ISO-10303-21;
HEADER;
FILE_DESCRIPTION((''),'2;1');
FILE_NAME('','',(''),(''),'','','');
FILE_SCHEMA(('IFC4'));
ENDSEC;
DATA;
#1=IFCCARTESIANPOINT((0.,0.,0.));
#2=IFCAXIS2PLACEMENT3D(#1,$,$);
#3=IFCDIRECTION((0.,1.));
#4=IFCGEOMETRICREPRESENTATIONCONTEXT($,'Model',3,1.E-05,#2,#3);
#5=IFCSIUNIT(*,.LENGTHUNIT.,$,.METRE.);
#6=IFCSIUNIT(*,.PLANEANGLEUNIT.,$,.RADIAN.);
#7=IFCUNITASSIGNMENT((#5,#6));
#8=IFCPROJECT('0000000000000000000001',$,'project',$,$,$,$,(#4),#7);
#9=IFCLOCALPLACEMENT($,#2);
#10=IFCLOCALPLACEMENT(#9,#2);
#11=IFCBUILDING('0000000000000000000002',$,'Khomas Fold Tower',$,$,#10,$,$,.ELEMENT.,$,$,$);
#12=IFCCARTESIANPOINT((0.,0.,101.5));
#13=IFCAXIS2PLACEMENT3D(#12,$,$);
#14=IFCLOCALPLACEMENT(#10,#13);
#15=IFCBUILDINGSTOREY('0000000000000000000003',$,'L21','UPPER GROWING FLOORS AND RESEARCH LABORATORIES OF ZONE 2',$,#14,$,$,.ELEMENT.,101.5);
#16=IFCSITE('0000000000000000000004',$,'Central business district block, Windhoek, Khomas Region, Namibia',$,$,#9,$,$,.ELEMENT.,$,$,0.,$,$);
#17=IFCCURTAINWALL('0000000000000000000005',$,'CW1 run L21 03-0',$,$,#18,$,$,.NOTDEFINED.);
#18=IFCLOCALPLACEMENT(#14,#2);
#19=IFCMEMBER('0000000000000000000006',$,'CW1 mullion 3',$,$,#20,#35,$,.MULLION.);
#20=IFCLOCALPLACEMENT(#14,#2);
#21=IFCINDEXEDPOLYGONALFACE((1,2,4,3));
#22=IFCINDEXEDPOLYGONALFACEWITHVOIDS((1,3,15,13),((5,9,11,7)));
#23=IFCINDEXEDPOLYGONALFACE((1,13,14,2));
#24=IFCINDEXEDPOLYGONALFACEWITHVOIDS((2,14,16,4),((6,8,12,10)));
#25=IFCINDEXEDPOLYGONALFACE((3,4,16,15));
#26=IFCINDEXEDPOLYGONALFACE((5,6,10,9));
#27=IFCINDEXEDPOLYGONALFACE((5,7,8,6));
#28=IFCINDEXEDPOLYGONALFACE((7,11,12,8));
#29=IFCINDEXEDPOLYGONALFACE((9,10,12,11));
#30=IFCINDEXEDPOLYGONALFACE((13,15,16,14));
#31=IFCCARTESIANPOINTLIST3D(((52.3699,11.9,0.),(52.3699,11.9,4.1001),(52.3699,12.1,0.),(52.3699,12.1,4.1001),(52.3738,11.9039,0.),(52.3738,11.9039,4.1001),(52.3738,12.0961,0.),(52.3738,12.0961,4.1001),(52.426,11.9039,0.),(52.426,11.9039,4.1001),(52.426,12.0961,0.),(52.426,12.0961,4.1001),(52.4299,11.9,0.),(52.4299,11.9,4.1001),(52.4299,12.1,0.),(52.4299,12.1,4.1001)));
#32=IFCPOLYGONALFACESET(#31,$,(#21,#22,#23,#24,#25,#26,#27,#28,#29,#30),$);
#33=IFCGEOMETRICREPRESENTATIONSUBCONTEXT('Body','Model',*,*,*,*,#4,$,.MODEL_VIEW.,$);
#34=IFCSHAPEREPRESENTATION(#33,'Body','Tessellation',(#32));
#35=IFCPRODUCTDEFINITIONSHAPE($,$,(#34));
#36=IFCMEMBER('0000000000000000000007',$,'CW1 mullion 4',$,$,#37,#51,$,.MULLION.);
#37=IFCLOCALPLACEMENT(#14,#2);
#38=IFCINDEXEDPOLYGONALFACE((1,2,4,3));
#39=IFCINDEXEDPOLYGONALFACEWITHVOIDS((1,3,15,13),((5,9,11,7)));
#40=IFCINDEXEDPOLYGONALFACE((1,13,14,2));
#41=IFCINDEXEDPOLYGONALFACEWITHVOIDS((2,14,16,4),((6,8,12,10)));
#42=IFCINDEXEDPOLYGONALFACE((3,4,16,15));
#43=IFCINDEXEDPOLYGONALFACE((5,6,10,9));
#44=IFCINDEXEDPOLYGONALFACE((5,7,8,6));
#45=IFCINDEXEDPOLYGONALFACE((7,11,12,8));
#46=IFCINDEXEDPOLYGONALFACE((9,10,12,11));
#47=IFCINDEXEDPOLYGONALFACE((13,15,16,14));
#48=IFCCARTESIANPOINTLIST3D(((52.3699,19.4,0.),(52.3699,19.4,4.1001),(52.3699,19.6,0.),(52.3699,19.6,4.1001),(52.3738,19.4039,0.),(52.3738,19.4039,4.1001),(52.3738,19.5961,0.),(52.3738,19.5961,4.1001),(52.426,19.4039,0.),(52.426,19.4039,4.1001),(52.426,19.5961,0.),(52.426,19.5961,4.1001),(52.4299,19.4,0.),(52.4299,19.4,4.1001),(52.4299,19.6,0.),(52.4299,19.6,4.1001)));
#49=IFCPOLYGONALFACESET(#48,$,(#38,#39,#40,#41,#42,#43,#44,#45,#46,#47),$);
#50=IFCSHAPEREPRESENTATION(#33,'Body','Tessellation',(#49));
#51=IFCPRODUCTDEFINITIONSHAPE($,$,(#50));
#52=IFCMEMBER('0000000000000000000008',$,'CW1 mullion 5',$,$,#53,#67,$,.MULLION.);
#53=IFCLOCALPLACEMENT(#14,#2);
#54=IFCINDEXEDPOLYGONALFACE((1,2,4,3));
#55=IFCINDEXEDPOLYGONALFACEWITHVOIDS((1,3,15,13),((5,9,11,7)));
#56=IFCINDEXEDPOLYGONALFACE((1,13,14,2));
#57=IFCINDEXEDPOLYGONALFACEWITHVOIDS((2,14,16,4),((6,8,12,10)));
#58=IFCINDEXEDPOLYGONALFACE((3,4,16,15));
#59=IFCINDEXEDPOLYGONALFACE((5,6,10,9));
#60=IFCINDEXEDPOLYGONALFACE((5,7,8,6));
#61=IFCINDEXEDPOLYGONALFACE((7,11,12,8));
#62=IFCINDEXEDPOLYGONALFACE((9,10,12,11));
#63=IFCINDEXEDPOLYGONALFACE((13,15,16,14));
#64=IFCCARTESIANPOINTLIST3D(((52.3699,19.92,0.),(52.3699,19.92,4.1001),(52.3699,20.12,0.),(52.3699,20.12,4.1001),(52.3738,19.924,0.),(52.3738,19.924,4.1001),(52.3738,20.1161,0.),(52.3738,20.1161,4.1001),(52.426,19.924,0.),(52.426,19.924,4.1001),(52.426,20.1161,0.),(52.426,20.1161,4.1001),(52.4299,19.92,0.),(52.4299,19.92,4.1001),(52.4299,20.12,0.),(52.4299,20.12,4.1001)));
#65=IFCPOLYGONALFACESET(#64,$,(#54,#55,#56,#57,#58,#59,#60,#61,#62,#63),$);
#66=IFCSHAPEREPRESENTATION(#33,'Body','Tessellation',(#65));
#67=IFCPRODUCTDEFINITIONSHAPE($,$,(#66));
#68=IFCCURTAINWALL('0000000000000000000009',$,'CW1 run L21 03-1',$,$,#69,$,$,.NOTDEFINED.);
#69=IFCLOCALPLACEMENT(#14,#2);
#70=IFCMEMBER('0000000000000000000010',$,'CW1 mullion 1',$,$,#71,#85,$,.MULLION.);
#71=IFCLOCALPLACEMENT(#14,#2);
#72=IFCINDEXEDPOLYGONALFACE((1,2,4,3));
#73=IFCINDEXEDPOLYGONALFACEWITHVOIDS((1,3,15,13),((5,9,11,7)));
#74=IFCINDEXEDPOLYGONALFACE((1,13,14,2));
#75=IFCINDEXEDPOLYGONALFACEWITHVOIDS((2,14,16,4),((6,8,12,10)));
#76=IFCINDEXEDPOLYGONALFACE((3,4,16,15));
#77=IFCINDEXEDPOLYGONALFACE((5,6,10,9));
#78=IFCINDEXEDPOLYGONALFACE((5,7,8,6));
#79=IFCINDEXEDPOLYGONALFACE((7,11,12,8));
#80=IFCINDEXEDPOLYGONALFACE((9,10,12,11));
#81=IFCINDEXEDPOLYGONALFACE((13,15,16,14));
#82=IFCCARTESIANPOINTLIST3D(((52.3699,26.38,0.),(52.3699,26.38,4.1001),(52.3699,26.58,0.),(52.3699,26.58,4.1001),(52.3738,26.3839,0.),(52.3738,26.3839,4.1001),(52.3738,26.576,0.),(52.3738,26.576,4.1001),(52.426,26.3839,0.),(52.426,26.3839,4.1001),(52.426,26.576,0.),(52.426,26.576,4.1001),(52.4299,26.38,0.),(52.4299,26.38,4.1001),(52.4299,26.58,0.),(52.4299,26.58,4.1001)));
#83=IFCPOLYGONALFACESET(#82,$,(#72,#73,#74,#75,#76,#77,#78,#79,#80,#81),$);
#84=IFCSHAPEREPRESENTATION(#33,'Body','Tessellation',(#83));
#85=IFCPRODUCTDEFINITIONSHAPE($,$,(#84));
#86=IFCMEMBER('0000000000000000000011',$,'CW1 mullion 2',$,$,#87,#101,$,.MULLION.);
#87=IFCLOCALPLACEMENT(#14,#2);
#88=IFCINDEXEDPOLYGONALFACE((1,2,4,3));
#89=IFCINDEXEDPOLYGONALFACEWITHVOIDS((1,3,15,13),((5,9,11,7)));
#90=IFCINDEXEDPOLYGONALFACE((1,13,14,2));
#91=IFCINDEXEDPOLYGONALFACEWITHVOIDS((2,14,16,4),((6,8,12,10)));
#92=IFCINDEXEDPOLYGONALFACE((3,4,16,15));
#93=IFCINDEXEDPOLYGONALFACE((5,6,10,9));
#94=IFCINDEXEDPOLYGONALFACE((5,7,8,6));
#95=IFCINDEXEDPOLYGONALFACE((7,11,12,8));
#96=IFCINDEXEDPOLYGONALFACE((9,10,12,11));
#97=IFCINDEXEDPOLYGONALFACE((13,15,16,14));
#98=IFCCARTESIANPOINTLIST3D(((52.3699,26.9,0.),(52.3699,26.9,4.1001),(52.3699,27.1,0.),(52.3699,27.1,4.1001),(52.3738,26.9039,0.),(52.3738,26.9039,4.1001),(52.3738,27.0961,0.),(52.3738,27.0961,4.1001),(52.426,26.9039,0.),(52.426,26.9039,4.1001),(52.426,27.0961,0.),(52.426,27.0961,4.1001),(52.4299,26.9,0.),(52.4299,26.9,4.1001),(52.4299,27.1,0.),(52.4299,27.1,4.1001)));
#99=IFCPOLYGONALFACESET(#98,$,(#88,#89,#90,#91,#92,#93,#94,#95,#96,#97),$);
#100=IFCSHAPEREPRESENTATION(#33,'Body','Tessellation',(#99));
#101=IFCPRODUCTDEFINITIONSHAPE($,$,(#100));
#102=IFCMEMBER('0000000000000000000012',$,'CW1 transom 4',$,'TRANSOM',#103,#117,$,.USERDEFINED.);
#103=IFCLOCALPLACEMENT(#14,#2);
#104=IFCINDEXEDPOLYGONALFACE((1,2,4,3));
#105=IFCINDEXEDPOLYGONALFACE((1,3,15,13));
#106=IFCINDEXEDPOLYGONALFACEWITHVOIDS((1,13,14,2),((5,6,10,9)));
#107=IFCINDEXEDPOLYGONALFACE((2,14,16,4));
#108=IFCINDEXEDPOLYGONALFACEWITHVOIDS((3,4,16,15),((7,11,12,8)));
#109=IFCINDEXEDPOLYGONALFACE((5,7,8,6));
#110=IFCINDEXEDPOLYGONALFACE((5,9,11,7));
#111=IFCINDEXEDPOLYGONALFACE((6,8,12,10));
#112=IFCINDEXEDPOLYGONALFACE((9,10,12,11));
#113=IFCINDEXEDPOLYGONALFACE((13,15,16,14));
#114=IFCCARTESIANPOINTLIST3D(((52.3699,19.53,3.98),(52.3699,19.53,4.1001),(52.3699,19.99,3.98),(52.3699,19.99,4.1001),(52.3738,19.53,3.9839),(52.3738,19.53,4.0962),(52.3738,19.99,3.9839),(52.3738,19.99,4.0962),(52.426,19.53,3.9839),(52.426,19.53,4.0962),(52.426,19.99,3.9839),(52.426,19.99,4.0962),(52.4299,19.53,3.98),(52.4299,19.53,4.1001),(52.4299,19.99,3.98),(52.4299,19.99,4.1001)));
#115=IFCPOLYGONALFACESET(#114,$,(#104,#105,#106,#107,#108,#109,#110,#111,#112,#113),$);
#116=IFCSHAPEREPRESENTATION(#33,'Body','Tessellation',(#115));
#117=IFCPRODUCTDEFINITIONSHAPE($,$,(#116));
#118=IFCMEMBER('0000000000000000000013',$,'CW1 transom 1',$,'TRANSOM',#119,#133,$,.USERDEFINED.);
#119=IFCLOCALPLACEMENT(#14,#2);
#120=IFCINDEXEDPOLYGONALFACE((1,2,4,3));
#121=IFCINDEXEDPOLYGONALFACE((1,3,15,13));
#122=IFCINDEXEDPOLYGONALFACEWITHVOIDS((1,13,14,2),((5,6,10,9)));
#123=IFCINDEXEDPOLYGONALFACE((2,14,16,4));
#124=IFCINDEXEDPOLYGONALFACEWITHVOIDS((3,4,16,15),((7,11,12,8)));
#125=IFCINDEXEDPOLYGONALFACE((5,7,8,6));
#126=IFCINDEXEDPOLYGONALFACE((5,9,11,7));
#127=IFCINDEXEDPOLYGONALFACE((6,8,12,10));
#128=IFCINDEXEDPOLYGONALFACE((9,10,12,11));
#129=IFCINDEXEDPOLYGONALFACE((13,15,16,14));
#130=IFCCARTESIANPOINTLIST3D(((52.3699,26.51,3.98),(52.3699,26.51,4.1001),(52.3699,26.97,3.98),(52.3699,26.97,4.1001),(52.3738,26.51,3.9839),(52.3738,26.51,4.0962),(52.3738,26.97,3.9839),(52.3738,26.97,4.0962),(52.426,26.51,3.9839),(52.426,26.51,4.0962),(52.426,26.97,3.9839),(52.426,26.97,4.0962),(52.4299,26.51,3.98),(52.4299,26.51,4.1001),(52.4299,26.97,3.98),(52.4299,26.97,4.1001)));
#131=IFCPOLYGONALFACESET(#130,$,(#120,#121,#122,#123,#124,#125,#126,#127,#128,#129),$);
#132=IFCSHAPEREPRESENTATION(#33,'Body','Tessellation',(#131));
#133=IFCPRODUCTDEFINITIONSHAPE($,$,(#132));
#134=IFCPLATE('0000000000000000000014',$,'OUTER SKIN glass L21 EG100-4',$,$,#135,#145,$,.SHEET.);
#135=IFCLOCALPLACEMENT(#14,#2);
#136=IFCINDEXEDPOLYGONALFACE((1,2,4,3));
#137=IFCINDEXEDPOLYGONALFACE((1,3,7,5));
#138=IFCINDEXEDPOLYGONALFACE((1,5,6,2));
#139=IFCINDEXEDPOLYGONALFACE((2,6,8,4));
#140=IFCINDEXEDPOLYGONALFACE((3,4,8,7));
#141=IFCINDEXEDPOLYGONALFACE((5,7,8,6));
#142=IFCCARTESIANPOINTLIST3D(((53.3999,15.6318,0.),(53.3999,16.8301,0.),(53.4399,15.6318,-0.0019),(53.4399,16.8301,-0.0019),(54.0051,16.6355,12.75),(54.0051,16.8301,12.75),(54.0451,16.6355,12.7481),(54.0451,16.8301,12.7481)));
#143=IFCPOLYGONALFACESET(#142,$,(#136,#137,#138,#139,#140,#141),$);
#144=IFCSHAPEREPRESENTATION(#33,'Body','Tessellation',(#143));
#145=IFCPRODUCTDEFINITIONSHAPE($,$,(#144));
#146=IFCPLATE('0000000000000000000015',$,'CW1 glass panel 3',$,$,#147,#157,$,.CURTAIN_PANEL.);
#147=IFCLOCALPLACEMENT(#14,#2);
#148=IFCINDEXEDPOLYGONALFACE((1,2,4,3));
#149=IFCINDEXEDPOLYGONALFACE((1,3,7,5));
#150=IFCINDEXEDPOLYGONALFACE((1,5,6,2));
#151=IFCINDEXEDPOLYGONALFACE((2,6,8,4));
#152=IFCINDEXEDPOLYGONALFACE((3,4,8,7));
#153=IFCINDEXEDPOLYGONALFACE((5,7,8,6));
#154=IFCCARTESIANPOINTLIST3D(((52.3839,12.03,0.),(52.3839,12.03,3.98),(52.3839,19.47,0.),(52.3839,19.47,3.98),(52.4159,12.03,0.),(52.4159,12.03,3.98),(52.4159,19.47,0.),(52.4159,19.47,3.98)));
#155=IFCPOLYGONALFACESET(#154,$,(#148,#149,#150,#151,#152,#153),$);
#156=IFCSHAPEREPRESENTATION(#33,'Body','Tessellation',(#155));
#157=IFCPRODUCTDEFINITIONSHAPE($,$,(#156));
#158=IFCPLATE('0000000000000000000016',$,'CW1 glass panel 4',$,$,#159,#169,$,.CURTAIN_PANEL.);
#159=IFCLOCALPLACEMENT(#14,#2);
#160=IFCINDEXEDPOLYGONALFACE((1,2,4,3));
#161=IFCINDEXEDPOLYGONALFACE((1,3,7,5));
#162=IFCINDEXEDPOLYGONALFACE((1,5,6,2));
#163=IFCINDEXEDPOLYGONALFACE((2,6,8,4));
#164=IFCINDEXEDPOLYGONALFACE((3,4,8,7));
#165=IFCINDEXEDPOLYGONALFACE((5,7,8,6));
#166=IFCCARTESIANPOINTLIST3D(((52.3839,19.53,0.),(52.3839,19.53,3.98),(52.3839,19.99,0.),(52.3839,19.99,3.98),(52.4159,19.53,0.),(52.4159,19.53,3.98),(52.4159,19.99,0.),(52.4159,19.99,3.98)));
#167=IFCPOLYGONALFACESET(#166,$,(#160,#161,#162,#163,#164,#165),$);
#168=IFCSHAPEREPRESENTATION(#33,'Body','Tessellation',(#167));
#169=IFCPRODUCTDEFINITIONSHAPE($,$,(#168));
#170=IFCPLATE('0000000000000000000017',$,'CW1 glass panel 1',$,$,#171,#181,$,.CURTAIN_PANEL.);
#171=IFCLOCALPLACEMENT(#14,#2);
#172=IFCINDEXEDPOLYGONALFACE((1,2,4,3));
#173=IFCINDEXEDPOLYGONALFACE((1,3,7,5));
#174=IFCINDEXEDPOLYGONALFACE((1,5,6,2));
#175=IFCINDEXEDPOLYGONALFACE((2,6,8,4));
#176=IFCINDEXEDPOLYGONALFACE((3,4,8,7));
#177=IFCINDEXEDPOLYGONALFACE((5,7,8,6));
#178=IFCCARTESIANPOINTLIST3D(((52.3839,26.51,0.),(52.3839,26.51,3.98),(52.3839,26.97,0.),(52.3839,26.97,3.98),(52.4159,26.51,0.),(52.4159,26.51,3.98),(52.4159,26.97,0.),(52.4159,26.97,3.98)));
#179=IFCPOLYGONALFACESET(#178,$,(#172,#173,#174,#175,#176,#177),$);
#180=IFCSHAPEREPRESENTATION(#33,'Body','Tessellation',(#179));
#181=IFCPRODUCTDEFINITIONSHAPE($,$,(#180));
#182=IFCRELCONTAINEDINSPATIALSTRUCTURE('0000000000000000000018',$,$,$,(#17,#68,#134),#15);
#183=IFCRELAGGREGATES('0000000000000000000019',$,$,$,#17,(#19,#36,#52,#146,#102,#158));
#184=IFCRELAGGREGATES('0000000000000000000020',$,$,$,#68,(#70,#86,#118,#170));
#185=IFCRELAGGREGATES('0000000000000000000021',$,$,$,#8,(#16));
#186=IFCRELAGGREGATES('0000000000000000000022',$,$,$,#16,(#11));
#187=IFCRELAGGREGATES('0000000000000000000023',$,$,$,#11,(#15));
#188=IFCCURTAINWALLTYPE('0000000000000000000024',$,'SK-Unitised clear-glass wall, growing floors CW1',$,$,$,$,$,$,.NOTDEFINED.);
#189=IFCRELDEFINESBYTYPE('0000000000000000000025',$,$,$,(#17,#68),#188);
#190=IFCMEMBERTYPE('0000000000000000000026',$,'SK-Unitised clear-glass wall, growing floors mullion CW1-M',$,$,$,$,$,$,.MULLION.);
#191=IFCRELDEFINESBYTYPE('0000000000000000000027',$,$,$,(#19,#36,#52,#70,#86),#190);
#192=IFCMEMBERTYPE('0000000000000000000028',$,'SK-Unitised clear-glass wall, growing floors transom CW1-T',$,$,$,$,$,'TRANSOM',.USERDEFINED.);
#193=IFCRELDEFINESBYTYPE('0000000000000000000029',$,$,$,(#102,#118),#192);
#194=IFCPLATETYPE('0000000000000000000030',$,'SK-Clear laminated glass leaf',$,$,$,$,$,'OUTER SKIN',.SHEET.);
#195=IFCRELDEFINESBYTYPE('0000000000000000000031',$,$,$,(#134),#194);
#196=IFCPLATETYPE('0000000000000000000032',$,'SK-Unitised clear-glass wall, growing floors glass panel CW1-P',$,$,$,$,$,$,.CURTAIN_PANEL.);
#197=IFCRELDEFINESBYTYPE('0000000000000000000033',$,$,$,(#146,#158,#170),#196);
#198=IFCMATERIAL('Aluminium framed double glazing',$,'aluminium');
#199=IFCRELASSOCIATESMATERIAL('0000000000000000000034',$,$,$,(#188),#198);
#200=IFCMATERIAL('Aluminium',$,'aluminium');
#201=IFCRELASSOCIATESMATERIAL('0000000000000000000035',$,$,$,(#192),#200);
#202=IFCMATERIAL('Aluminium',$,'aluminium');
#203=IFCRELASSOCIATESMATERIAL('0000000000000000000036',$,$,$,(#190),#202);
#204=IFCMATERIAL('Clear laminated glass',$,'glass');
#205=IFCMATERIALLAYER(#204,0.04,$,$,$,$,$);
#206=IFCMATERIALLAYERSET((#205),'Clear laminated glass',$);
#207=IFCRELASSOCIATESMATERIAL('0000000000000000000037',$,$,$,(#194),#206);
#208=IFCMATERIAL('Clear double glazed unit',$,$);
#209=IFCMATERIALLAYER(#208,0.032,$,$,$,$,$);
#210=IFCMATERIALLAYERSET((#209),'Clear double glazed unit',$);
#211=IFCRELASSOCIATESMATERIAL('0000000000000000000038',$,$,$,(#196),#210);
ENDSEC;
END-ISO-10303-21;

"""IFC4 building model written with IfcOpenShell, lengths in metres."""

from ifc_helpers import new_model, si_unit, direction, frame, origin, origin_2d, place, context, subcontext, project, spatial, polyline, rectangle, hollow_rectangle, outline, extrude, source, transform, mapped, material, layer, layer_set, material_profile, profile_set, type_object, element, aggregate, save


model = new_model("IFC4")

# Units and contexts
model_context = context("Model", 3, precision=1e-05, world=origin(), true_north=direction((0.0, 1.0)))
body_context = subcontext(model_context, "Body", "Model", "MODEL_VIEW")
ifc_project = project(units=[si_unit("LENGTHUNIT", "METRE"), si_unit("PLANEANGLEUNIT", "RADIAN")], contexts=[model_context])

# Site, building, storey
site_placement = place(None, origin())
site = spatial("IfcSite", under=ifc_project, at=site_placement, Name="Central business district block, Windhoek, Khomas Region, Namibia", CompositionType="ELEMENT", RefElevation=0.0)
building_placement = place(site_placement, origin())
building = spatial("IfcBuilding", under=site, at=building_placement, Name="Khomas Fold Tower", CompositionType="ELEMENT")
storey_placement = place(building_placement, frame((0.0, 0.0, 101.5)))
storey = spatial("IfcBuildingStorey", under=building, at=storey_placement, Name="L21", Description="UPPER GROWING FLOORS AND RESEARCH LABORATORIES OF ZONE 2", CompositionType="ELEMENT", Elevation=101.5)

# Curtain walls, members
ifc_material_1 = material(Name="Aluminium framed double glazing", Category="aluminium")
curtain_wall_type = type_object("IfcCurtainWallType", Name="SK-Unitised clear-glass wall, growing floors CW1", PredefinedType="NOTDEFINED", material=ifc_material_1)
curtain_wall_1_placement = place(storey_placement, origin())
curtain_wall_1 = element("IfcCurtainWall", 1, at=curtain_wall_1_placement, inside=storey, type_object=curtain_wall_type, Name="CW1 run L21 03-0", PredefinedType="NOTDEFINED")
ifc_material_2 = material(Name="Aluminium", Category="aluminium")
ifc_material_profile_1 = material_profile(ifc_material_2, hollow_rectangle(XDim=0.0601, YDim=0.1201, WallThickness=0.0039, at=origin_2d()), Name="SK-Unitised clear-glass wall, growing floors transom CW1-T")
ifc_profile_set_1 = profile_set([ifc_material_profile_1], Name="Aluminium")
member_type_1 = type_object("IfcMemberType", Name="SK-Unitised clear-glass wall, growing floors transom CW1-T", ElementType="TRANSOM", PredefinedType="USERDEFINED", material=ifc_profile_set_1)
ifc_material_3 = material(Name="Aluminium", Category="aluminium")
ifc_material_profile_2 = material_profile(ifc_material_3, hollow_rectangle(XDim=0.0601, YDim=0.2, WallThickness=0.0039, at=origin_2d()), Name="SK-Unitised clear-glass wall, growing floors mullion CW1-M")
ifc_profile_set_2 = profile_set([ifc_material_profile_2], Name="Aluminium")
member_type_2 = type_object("IfcMemberType", Name="SK-Unitised clear-glass wall, growing floors mullion CW1-M", PredefinedType="MULLION", material=ifc_profile_set_2)
shared_shape_1 = source(origin(), body_context, "Body", "SweptSolid", [
    extrude(hollow_rectangle(XDim=0.0601, YDim=0.2, WallThickness=0.0039, at=origin_2d()), origin(), (0.0, 0.0, 1.0), 4.1001),
])
member_1_placement = place(storey_placement, frame((52.3999, 12.0, 0.0), z_axis=(0.0, 0.0, 1.0), x_axis=(-1.0, 0.0, 0.0)))
member_1 = element("IfcMember", 2, at=member_1_placement, type_object=member_type_2, Name="CW1 mullion 3", PredefinedType="MULLION", context=body_context, shape_type="MappedRepresentation", body=[
    mapped(shared_shape_1, transform((0.0, 0.0, 0.0))),
])
member_2_placement = place(storey_placement, frame((52.3999, 19.5, 0.0), z_axis=(0.0, 0.0, 1.0), x_axis=(-1.0, 0.0, 0.0)))
member_2 = element("IfcMember", 3, at=member_2_placement, type_object=member_type_2, Name="CW1 mullion 4", PredefinedType="MULLION", context=body_context, shape_type="MappedRepresentation", body=[
    mapped(shared_shape_1, transform((0.0, 0.0, 0.0))),
])
member_3_placement = place(storey_placement, frame((52.3999, 20.02, 0.0), z_axis=(0.0, 0.0, 1.0), x_axis=(-1.0, 0.0, 0.0)))
member_3 = element("IfcMember", 4, at=member_3_placement, type_object=member_type_2, Name="CW1 mullion 5", PredefinedType="MULLION", context=body_context, shape_type="MappedRepresentation", body=[
    mapped(shared_shape_1, transform((0.0, 0.0, 0.0))),
])
curtain_wall_2_placement = place(storey_placement, origin())
curtain_wall_2 = element("IfcCurtainWall", 5, at=curtain_wall_2_placement, inside=storey, type_object=curtain_wall_type, Name="CW1 run L21 03-1", PredefinedType="NOTDEFINED")
member_4_placement = place(storey_placement, frame((52.3999, 26.48, 0.0), z_axis=(0.0, 0.0, 1.0), x_axis=(-1.0, 0.0, 0.0)))
member_4 = element("IfcMember", 6, at=member_4_placement, type_object=member_type_2, Name="CW1 mullion 1", PredefinedType="MULLION", context=body_context, shape_type="MappedRepresentation", body=[
    mapped(shared_shape_1, transform((0.0, 0.0, 0.0))),
])
member_5_placement = place(storey_placement, frame((52.3999, 27.0, 0.0), z_axis=(0.0, 0.0, 1.0), x_axis=(-1.0, 0.0, 0.0)))
member_5 = element("IfcMember", 7, at=member_5_placement, type_object=member_type_2, Name="CW1 mullion 2", PredefinedType="MULLION", context=body_context, shape_type="MappedRepresentation", body=[
    mapped(shared_shape_1, transform((0.0, 0.0, 0.0))),
])

# Members
shared_shape_2 = source(origin(), body_context, "Body", "SweptSolid", [
    extrude(hollow_rectangle(XDim=0.0601, YDim=0.1201, WallThickness=0.0039, at=origin_2d()), origin(), (0.0, 0.0, 1.0), 0.46),
])
member_6_placement = place(storey_placement, frame((52.3999, 19.53, 4.04), z_axis=(0.0, 1.0, 0.0), x_axis=(-1.0, 0.0, 0.0)))
member_6 = element("IfcMember", 8, at=member_6_placement, type_object=member_type_1, Name="CW1 transom 4", ObjectType="TRANSOM", PredefinedType="USERDEFINED", context=body_context, shape_type="MappedRepresentation", body=[
    mapped(shared_shape_2, transform((0.0, 0.0, 0.0))),
])
member_7_placement = place(storey_placement, frame((52.3999, 26.51, 4.04), z_axis=(0.0, 1.0, 0.0), x_axis=(-1.0, 0.0, 0.0)))
member_7 = element("IfcMember", 9, at=member_7_placement, type_object=member_type_1, Name="CW1 transom 1", ObjectType="TRANSOM", PredefinedType="USERDEFINED", context=body_context, shape_type="MappedRepresentation", body=[
    mapped(shared_shape_2, transform((0.0, 0.0, 0.0))),
])

# Plates
ifc_material_4 = material(Name="Clear laminated glass", Category="glass")
ifc_layer_1 = layer(ifc_material_4, 0.04)
ifc_layer_set_1 = layer_set([ifc_layer_1], Name="Clear laminated glass")
plate_type_1 = type_object("IfcPlateType", Name="SK-Clear laminated glass leaf", ElementType="OUTER SKIN", PredefinedType="SHEET", material=ifc_layer_set_1)
plate_1_placement = place(storey_placement, frame((53.3999, 15.6318, 0.0), z_axis=(-0.998875, 0.0, 0.047415), x_axis=(0.047269, 0.078388, 0.995802)))
element("IfcPlate", 10, at=plate_1_placement, inside=storey, type_object=plate_type_1, Name="OUTER SKIN glass L21 EG100-4", PredefinedType="SHEET", context=body_context, shape_type="SweptSolid", body=[
    extrude(outline(polyline([(0.0, 0.0), (12.8038, 0.0), (12.819, 0.194), (0.0939, 1.1946), (0.0, 0.0)])), origin(), (0.0, 0.0, -1.0), 0.04),
])
ifc_material_5 = material(Name="Clear double glazed unit")
ifc_layer_2 = layer(ifc_material_5, 0.032)
ifc_layer_set_2 = layer_set([ifc_layer_2], Name="Clear double glazed unit")
plate_type_2 = type_object("IfcPlateType", Name="SK-Unitised clear-glass wall, growing floors glass panel CW1-P", PredefinedType="CURTAIN_PANEL", material=ifc_layer_set_2)
shared_shape_3 = source(origin(), body_context, "Body", "SweptSolid", [
    extrude(rectangle(XDim=7.4399, YDim=0.032, at=origin_2d()), origin(), (0.0, 0.0, 1.0), 3.98),
])
plate_2_placement = place(storey_placement, frame((52.3999, 15.75, 0.0), z_axis=(0.0, 0.0, 1.0), x_axis=(0.0, 1.0, 0.0)))
plate_2 = element("IfcPlate", 11, at=plate_2_placement, type_object=plate_type_2, Name="CW1 glass panel 3", PredefinedType="CURTAIN_PANEL", context=body_context, shape_type="MappedRepresentation", body=[
    mapped(shared_shape_3, transform((0.0, 0.0, 0.0))),
])
shared_shape_4 = source(origin(), body_context, "Body", "SweptSolid", [
    extrude(rectangle(XDim=0.46, YDim=0.032, at=origin_2d()), origin(), (0.0, 0.0, 1.0), 3.98),
])
plate_3_placement = place(storey_placement, frame((52.3999, 19.76, 0.0), z_axis=(0.0, 0.0, 1.0), x_axis=(0.0, 1.0, 0.0)))
plate_3 = element("IfcPlate", 12, at=plate_3_placement, type_object=plate_type_2, Name="CW1 glass panel 4", PredefinedType="CURTAIN_PANEL", context=body_context, shape_type="MappedRepresentation", body=[
    mapped(shared_shape_4, transform((0.0, 0.0, 0.0))),
])
aggregate(curtain_wall_1, [member_1, member_2, member_3, plate_2, member_6, plate_3])
plate_4_placement = place(storey_placement, frame((52.3999, 26.74, 0.0), z_axis=(0.0, 0.0, 1.0), x_axis=(0.0, 1.0, 0.0)))
plate_4 = element("IfcPlate", 13, at=plate_4_placement, type_object=plate_type_2, Name="CW1 glass panel 1", PredefinedType="CURTAIN_PANEL", context=body_context, shape_type="MappedRepresentation", body=[
    mapped(shared_shape_4, transform((0.0, 0.0, 0.0))),
])
aggregate(curtain_wall_2, [member_4, member_5, member_7, plate_4])

save(model, "model.ifc")
